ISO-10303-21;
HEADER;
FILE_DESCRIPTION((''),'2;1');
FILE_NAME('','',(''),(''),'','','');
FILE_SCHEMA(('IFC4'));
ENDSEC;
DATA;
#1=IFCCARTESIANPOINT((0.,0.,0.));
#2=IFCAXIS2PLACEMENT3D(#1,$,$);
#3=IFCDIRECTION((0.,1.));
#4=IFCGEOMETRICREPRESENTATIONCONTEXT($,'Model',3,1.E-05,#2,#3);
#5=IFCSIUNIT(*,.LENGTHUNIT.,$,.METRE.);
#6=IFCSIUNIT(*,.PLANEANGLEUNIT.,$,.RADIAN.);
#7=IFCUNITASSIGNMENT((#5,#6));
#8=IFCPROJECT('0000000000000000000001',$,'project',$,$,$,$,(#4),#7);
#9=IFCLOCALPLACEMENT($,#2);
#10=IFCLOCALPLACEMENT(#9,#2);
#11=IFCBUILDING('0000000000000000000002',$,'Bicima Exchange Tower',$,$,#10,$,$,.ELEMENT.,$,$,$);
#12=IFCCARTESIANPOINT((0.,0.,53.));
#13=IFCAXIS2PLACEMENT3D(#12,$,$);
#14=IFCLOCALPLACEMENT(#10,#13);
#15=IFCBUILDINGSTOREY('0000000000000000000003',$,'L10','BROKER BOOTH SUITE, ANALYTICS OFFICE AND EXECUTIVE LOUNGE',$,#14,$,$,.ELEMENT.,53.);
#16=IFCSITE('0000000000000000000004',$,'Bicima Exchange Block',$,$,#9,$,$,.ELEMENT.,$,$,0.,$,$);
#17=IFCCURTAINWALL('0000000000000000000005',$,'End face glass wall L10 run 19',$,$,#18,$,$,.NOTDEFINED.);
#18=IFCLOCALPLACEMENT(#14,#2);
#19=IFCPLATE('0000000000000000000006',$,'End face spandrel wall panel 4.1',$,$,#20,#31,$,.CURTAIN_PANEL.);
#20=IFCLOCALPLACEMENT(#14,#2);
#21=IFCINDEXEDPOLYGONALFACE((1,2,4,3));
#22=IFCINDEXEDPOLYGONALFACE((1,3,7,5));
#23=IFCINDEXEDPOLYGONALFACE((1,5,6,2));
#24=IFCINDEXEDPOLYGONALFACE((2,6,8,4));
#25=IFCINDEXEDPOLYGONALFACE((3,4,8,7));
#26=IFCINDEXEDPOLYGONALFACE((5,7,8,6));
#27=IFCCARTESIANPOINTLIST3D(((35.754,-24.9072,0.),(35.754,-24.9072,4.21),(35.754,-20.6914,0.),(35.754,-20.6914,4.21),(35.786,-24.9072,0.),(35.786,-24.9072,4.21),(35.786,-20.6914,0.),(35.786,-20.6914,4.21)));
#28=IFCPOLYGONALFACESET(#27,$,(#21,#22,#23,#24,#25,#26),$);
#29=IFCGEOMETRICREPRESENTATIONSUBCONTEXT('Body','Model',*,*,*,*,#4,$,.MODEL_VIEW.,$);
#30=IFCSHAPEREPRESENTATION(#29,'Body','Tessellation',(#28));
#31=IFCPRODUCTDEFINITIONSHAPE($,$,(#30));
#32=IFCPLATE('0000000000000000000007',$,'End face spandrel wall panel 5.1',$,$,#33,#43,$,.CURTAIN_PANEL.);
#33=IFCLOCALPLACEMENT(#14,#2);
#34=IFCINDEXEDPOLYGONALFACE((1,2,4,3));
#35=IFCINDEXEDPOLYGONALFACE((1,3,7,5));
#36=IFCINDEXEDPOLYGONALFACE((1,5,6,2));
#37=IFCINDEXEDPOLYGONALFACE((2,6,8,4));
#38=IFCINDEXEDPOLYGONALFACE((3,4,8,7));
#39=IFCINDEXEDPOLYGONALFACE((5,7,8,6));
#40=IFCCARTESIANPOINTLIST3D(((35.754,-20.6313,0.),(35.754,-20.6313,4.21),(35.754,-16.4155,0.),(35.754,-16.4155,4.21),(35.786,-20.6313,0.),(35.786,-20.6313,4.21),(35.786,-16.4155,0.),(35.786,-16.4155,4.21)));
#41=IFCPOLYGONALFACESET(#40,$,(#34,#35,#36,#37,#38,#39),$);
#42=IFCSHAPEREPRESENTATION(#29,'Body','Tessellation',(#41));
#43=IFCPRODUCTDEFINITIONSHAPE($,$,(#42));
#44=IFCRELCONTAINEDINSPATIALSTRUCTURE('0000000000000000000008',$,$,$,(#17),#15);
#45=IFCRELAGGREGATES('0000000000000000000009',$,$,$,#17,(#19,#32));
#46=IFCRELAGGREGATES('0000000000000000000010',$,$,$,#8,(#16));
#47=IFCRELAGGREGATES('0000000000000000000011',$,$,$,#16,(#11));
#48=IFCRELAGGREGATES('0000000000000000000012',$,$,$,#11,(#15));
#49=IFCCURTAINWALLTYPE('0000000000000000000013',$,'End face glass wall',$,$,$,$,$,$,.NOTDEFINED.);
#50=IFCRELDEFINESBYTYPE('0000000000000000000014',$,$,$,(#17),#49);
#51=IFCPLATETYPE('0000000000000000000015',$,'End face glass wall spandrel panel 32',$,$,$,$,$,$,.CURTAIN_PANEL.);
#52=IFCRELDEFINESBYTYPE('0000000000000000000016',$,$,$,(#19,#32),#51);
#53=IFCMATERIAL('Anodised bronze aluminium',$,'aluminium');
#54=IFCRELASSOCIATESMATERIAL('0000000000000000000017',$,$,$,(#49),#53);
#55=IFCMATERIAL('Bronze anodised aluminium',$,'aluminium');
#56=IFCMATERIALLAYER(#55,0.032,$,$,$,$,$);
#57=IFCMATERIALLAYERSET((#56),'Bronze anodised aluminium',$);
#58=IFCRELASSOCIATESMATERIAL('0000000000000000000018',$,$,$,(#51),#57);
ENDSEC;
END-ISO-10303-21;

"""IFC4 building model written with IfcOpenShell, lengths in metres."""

from ifc_helpers import new_model, si_unit, direction, frame, origin, origin_2d, place, context, subcontext, project, spatial, rectangle, extrude, material, layer, layer_set, type_object, element, aggregate, save


model = new_model("IFC4")

# Units and contexts
model_context = context("Model", 3, precision=1e-05, world=origin(), true_north=direction((0.0, 1.0)))
body_context = subcontext(model_context, "Body", "Model", "MODEL_VIEW")
ifc_project = project(units=[si_unit("LENGTHUNIT", "METRE"), si_unit("PLANEANGLEUNIT", "RADIAN")], contexts=[model_context])

# Site, building, storey
site_placement = place(None, origin())
site = spatial("IfcSite", under=ifc_project, at=site_placement, Name="Bicima Exchange Block", CompositionType="ELEMENT", RefElevation=0.0)
building_placement = place(site_placement, origin())
building = spatial("IfcBuilding", under=site, at=building_placement, Name="Bicima Exchange Tower", CompositionType="ELEMENT")
storey_placement = place(building_placement, frame((0.0, 0.0, 53.0)))
storey = spatial("IfcBuildingStorey", under=building, at=storey_placement, Name="L10", Description="BROKER BOOTH SUITE, ANALYTICS OFFICE AND EXECUTIVE LOUNGE", CompositionType="ELEMENT", Elevation=53.0)

# Curtain wall
ifc_material_1 = material(Name="Anodised bronze aluminium", Category="aluminium")
curtain_wall_type_1 = type_object("IfcCurtainWallType", Name="End face glass wall", PredefinedType="NOTDEFINED", material=ifc_material_1)
curtain_wall_1_placement = place(storey_placement, origin())
curtain_wall_1 = element("IfcCurtainWall", 1, at=curtain_wall_1_placement, inside=storey, type_object=curtain_wall_type_1, Name="End face glass wall L10 run 19", PredefinedType="NOTDEFINED")

# Plates
ifc_material_2 = material(Name="Bronze anodised aluminium", Category="aluminium")
ifc_layer_1 = layer(ifc_material_2, 0.032)
ifc_layer_set_1 = layer_set([ifc_layer_1], Name="Bronze anodised aluminium")
plate_type_1 = type_object("IfcPlateType", Name="End face glass wall spandrel panel 32", PredefinedType="CURTAIN_PANEL", material=ifc_layer_set_1)
plate_1_placement = place(storey_placement, frame((35.77, -22.7993, 0.0), z_axis=(0.0, 0.0, 1.0), x_axis=(0.0, 1.0, 0.0)))
plate_1 = element("IfcPlate", 2, at=plate_1_placement, type_object=plate_type_1, Name="End face spandrel wall panel 4.1", PredefinedType="CURTAIN_PANEL", context=body_context, shape_type="SweptSolid", body=[
    extrude(rectangle(XDim=4.2158, YDim=0.032, at=origin_2d()), origin(), (0.0, 0.0, 1.0), 4.21),
])
plate_2_placement = place(storey_placement, frame((35.77, -18.5234, 0.0), z_axis=(0.0, 0.0, 1.0), x_axis=(0.0, 1.0, 0.0)))
plate_2 = element("IfcPlate", 3, at=plate_2_placement, type_object=plate_type_1, Name="End face spandrel wall panel 5.1", PredefinedType="CURTAIN_PANEL", context=body_context, shape_type="SweptSolid", body=[
    extrude(rectangle(XDim=4.2158, YDim=0.032, at=origin_2d()), origin(), (0.0, 0.0, 1.0), 4.21),
])
aggregate(curtain_wall_1, [plate_1, plate_2])

save(model, "model.ifc")
